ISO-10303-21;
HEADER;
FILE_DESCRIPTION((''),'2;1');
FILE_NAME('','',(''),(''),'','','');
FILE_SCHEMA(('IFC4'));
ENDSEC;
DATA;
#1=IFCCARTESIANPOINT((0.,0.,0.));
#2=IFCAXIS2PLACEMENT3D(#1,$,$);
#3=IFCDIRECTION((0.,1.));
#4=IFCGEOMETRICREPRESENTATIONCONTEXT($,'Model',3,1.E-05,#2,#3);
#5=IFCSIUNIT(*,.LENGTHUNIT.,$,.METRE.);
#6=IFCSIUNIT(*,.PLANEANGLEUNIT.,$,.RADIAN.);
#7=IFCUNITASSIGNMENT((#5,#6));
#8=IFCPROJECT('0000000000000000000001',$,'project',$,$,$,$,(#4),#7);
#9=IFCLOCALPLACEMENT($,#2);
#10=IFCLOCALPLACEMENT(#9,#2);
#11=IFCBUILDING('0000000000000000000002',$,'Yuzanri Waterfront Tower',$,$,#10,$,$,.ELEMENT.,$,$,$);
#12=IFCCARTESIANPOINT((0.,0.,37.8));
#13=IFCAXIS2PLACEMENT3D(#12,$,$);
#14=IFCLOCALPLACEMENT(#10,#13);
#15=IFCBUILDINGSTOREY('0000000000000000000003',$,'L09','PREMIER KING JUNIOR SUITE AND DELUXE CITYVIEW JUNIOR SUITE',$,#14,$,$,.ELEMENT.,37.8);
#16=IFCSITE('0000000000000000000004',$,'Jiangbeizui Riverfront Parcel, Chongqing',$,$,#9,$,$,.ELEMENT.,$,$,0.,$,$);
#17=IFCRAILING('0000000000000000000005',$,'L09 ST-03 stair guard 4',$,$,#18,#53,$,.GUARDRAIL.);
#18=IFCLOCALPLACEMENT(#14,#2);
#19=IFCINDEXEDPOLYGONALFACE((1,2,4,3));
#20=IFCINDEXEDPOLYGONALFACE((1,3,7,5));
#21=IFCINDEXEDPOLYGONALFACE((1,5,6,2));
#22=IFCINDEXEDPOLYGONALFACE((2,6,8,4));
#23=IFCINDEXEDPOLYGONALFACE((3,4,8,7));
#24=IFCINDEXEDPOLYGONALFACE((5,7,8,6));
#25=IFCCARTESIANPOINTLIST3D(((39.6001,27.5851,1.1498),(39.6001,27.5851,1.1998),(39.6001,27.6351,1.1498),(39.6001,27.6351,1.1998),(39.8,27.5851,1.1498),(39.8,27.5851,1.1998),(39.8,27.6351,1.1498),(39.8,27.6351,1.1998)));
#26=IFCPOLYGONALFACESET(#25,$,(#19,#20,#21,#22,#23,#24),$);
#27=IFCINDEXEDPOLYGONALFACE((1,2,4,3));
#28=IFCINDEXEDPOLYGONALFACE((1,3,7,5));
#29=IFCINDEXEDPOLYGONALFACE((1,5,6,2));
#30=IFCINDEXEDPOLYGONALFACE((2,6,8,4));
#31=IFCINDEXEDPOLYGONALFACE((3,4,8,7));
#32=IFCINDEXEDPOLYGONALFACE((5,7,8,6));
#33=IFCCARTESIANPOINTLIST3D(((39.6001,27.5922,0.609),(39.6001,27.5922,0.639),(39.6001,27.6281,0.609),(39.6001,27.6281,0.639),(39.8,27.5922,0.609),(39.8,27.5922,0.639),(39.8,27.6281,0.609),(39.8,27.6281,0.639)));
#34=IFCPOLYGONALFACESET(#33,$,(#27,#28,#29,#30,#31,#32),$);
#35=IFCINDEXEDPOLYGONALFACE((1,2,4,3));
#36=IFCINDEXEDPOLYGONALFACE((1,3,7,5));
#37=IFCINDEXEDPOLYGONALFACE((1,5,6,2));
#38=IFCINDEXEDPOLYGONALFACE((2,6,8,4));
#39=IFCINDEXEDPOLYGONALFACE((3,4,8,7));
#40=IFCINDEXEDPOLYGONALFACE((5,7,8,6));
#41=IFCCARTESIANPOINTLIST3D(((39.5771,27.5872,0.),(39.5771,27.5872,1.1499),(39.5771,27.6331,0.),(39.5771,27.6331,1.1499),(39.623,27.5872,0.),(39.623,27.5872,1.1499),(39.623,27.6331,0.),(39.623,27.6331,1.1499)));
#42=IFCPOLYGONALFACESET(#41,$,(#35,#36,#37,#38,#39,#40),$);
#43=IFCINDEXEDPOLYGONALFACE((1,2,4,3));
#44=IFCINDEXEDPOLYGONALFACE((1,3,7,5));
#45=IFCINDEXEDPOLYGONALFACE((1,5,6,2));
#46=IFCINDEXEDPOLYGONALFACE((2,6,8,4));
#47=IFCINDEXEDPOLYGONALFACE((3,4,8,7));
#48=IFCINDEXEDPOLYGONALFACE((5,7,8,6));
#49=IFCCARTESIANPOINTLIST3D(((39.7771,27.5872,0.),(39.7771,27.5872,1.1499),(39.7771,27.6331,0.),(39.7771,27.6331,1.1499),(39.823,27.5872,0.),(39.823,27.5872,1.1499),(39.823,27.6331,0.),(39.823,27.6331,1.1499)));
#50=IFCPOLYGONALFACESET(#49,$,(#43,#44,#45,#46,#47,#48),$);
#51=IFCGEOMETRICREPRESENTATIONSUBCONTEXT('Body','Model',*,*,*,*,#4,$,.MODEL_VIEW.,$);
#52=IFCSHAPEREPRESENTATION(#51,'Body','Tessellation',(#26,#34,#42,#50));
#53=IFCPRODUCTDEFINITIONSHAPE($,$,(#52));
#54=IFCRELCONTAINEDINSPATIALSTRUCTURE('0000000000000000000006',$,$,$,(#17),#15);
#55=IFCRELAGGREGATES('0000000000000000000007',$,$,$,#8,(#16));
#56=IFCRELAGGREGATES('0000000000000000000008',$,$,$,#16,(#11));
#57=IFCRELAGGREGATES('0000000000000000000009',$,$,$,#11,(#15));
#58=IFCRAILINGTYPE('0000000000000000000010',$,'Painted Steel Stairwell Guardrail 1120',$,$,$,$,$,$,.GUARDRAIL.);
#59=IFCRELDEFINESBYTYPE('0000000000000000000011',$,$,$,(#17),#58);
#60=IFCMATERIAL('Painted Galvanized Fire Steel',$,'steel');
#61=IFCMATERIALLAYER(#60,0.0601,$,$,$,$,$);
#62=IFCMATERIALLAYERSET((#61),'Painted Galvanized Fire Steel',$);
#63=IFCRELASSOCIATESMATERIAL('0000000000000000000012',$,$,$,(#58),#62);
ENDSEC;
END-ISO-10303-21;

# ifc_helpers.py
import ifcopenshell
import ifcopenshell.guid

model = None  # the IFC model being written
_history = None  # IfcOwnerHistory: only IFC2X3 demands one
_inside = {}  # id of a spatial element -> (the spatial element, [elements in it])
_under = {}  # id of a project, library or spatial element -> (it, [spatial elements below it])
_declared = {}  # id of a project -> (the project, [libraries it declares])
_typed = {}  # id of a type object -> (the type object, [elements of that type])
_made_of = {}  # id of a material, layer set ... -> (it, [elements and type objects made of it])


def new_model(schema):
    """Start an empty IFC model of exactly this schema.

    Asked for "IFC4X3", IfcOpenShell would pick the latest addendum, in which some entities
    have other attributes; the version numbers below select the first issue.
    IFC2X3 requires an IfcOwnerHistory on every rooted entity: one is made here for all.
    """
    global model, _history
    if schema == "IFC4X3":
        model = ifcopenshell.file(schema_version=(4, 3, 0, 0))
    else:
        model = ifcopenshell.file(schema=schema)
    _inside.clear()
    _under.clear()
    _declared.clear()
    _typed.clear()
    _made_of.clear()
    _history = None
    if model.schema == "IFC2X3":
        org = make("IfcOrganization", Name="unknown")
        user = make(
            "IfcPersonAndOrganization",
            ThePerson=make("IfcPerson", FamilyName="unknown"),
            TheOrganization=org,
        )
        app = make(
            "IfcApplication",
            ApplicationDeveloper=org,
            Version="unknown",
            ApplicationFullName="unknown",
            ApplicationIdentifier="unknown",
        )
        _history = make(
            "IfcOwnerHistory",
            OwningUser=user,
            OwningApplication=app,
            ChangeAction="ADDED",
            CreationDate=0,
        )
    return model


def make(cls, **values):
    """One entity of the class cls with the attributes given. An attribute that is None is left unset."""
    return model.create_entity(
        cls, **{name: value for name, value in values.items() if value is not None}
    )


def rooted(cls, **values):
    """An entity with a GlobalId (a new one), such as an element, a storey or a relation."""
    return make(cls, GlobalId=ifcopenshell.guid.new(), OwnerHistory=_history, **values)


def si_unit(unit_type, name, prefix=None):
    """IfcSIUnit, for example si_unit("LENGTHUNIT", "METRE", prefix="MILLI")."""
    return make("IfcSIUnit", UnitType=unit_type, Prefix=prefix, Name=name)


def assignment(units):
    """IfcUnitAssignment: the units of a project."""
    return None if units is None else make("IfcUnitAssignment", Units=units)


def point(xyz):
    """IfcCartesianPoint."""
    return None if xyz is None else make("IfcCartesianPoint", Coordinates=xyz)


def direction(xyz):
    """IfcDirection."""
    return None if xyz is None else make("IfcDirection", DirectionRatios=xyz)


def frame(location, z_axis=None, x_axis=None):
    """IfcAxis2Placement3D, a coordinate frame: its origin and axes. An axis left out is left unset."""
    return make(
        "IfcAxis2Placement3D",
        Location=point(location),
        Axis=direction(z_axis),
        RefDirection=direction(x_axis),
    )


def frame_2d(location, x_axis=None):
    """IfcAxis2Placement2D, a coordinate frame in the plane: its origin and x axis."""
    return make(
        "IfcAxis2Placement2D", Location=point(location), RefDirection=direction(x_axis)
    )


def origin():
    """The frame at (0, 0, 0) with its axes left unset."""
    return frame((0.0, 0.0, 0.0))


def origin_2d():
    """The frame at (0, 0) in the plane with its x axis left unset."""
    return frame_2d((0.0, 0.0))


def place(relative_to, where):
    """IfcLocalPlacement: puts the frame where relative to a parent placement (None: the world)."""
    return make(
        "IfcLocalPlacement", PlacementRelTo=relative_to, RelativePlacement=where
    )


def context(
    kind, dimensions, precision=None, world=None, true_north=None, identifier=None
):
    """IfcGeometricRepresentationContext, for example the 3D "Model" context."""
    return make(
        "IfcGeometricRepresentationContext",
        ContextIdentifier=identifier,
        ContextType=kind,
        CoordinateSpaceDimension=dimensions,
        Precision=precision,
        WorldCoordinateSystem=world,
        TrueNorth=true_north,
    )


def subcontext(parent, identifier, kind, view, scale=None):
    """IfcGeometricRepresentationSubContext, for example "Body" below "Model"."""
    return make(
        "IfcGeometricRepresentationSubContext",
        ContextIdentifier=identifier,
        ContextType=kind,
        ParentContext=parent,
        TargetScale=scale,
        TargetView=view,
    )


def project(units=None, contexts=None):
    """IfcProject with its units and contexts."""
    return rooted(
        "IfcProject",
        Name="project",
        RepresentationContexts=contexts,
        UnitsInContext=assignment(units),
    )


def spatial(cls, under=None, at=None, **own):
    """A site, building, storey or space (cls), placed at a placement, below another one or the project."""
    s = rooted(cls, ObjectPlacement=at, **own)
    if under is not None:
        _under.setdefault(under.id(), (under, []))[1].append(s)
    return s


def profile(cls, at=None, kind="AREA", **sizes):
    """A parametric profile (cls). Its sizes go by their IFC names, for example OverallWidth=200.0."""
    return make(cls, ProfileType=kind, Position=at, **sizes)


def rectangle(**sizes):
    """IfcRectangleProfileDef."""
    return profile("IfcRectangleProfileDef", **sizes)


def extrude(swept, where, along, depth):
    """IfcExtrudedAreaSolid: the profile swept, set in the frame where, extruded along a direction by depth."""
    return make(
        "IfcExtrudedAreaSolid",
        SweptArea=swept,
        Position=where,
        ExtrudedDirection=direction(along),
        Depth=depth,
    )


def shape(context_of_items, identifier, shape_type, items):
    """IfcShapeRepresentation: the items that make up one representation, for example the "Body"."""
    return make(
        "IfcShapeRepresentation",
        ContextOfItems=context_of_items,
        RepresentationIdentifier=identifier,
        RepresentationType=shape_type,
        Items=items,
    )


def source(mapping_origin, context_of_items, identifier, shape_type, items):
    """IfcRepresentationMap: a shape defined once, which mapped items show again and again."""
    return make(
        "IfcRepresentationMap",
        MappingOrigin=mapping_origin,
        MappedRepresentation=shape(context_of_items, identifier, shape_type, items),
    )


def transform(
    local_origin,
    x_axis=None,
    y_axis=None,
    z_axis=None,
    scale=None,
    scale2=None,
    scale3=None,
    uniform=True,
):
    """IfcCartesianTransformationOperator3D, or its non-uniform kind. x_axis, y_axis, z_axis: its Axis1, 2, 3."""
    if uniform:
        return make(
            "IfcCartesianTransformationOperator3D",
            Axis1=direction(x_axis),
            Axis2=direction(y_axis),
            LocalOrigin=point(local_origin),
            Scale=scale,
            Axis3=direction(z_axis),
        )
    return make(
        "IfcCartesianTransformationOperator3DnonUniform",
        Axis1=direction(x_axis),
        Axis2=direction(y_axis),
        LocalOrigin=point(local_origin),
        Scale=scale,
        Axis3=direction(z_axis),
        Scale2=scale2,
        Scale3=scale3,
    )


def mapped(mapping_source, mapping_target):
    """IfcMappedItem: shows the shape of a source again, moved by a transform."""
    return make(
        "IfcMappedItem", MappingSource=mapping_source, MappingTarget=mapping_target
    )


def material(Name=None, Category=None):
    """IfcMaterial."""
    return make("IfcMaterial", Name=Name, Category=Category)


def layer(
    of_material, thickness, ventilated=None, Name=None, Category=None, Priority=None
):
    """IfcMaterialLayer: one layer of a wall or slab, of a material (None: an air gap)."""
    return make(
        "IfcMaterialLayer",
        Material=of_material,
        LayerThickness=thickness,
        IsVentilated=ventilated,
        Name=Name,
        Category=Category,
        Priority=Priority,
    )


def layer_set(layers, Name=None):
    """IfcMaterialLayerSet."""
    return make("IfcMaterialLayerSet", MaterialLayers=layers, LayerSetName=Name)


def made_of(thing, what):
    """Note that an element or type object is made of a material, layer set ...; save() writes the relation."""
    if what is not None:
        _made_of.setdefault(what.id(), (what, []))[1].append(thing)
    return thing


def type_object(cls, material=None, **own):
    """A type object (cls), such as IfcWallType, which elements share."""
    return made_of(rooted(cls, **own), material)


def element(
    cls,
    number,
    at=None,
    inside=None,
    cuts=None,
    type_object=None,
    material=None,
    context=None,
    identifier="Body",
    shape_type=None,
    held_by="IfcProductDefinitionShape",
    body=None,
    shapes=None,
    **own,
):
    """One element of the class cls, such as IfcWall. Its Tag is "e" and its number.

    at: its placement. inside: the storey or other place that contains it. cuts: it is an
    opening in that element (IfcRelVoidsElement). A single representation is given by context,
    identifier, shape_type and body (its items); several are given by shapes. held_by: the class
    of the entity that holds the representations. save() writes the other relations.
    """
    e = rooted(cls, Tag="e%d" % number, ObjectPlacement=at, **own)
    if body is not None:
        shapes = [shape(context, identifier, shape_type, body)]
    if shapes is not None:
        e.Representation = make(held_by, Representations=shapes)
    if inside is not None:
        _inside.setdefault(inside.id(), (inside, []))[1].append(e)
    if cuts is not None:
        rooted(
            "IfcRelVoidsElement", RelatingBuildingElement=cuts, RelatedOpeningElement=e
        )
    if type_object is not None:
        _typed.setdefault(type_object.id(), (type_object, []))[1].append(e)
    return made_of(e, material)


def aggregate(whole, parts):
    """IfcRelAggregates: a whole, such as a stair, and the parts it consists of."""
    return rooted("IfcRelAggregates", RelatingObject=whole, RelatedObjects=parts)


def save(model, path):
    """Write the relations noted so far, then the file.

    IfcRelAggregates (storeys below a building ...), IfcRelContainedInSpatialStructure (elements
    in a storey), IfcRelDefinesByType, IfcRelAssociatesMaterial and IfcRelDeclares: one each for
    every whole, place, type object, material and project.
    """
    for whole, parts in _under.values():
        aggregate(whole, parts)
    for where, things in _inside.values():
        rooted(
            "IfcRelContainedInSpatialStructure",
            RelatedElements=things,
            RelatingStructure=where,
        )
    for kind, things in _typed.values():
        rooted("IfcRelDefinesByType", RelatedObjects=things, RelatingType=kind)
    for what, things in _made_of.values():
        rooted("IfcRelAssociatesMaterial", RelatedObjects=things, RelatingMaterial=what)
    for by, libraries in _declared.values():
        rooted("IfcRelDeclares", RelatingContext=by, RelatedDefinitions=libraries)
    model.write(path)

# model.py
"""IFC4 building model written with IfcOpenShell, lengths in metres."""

from ifc_helpers import new_model, si_unit, direction, frame, origin, origin_2d, place, context, subcontext, project, spatial, rectangle, extrude, source, transform, mapped, material, layer, layer_set, type_object, element, save


model = new_model("IFC4")

# Units and contexts
model_context = context("Model", 3, precision=1e-05, world=origin(), true_north=direction((0.0, 1.0)))
body_context = subcontext(model_context, "Body", "Model", "MODEL_VIEW")
ifc_project = project(units=[si_unit("LENGTHUNIT", "METRE"), si_unit("PLANEANGLEUNIT", "RADIAN")], contexts=[model_context])

# Site, building, storey
site_placement = place(None, origin())
site = spatial("IfcSite", under=ifc_project, at=site_placement, Name="Jiangbeizui Riverfront Parcel, Chongqing", CompositionType="ELEMENT", RefElevation=0.0)
building_placement = place(site_placement, origin())
building = spatial("IfcBuilding", under=site, at=building_placement, Name="Yuzanri Waterfront Tower", CompositionType="ELEMENT")
storey_placement = place(building_placement, frame((0.0, 0.0, 37.8)))
storey = spatial("IfcBuildingStorey", under=building, at=storey_placement, Name="L09", Description="PREMIER KING JUNIOR SUITE AND DELUXE CITYVIEW JUNIOR SUITE", CompositionType="ELEMENT", Elevation=37.8)

# Railing
ifc_material_1 = material(Name="Painted Galvanized Fire Steel", Category="steel")
ifc_layer_1 = layer(ifc_material_1, 0.0601)
ifc_layer_set_1 = layer_set([ifc_layer_1], Name="Painted Galvanized Fire Steel")
railing_type_1 = type_object("IfcRailingType", Name="Painted Steel Stairwell Guardrail 1120", PredefinedType="GUARDRAIL", material=ifc_layer_set_1)
shared_shape_1 = source(origin(), body_context, "Body", "SweptSolid", [
    extrude(rectangle(XDim=0.05, YDim=0.05, at=origin_2d()), frame((0.0, 0.0, 1.1748), z_axis=(1.0, 0.0, 0.0), x_axis=(0.0, 1.0, 0.0)), (0.0, 0.0, 1.0), 0.2),
    extrude(rectangle(XDim=0.0359, YDim=0.03, at=origin_2d()), frame((0.0, 0.0, 0.624), z_axis=(1.0, 0.0, 0.0), x_axis=(0.0, 1.0, 0.0)), (0.0, 0.0, 1.0), 0.2),
    extrude(rectangle(XDim=0.0459, YDim=0.0459, at=origin_2d()), origin(), (0.0, 0.0, 1.0), 1.1499),
    extrude(rectangle(XDim=0.0459, YDim=0.0459, at=origin_2d()), frame((0.2, 0.0, 0.0)), (0.0, 0.0, 1.0), 1.1499),
])
railing_1_placement = place(storey_placement, frame((39.6001, 27.6101, 0.0)))
element("IfcRailing", 1, at=railing_1_placement, inside=storey, type_object=railing_type_1, Name="L09 ST-03 stair guard 4", PredefinedType="GUARDRAIL", context=body_context, shape_type="MappedRepresentation", body=[
    mapped(shared_shape_1, transform((0.0, 0.0, 0.0), scale=1.0)),
])

save(model, "model.ifc")
